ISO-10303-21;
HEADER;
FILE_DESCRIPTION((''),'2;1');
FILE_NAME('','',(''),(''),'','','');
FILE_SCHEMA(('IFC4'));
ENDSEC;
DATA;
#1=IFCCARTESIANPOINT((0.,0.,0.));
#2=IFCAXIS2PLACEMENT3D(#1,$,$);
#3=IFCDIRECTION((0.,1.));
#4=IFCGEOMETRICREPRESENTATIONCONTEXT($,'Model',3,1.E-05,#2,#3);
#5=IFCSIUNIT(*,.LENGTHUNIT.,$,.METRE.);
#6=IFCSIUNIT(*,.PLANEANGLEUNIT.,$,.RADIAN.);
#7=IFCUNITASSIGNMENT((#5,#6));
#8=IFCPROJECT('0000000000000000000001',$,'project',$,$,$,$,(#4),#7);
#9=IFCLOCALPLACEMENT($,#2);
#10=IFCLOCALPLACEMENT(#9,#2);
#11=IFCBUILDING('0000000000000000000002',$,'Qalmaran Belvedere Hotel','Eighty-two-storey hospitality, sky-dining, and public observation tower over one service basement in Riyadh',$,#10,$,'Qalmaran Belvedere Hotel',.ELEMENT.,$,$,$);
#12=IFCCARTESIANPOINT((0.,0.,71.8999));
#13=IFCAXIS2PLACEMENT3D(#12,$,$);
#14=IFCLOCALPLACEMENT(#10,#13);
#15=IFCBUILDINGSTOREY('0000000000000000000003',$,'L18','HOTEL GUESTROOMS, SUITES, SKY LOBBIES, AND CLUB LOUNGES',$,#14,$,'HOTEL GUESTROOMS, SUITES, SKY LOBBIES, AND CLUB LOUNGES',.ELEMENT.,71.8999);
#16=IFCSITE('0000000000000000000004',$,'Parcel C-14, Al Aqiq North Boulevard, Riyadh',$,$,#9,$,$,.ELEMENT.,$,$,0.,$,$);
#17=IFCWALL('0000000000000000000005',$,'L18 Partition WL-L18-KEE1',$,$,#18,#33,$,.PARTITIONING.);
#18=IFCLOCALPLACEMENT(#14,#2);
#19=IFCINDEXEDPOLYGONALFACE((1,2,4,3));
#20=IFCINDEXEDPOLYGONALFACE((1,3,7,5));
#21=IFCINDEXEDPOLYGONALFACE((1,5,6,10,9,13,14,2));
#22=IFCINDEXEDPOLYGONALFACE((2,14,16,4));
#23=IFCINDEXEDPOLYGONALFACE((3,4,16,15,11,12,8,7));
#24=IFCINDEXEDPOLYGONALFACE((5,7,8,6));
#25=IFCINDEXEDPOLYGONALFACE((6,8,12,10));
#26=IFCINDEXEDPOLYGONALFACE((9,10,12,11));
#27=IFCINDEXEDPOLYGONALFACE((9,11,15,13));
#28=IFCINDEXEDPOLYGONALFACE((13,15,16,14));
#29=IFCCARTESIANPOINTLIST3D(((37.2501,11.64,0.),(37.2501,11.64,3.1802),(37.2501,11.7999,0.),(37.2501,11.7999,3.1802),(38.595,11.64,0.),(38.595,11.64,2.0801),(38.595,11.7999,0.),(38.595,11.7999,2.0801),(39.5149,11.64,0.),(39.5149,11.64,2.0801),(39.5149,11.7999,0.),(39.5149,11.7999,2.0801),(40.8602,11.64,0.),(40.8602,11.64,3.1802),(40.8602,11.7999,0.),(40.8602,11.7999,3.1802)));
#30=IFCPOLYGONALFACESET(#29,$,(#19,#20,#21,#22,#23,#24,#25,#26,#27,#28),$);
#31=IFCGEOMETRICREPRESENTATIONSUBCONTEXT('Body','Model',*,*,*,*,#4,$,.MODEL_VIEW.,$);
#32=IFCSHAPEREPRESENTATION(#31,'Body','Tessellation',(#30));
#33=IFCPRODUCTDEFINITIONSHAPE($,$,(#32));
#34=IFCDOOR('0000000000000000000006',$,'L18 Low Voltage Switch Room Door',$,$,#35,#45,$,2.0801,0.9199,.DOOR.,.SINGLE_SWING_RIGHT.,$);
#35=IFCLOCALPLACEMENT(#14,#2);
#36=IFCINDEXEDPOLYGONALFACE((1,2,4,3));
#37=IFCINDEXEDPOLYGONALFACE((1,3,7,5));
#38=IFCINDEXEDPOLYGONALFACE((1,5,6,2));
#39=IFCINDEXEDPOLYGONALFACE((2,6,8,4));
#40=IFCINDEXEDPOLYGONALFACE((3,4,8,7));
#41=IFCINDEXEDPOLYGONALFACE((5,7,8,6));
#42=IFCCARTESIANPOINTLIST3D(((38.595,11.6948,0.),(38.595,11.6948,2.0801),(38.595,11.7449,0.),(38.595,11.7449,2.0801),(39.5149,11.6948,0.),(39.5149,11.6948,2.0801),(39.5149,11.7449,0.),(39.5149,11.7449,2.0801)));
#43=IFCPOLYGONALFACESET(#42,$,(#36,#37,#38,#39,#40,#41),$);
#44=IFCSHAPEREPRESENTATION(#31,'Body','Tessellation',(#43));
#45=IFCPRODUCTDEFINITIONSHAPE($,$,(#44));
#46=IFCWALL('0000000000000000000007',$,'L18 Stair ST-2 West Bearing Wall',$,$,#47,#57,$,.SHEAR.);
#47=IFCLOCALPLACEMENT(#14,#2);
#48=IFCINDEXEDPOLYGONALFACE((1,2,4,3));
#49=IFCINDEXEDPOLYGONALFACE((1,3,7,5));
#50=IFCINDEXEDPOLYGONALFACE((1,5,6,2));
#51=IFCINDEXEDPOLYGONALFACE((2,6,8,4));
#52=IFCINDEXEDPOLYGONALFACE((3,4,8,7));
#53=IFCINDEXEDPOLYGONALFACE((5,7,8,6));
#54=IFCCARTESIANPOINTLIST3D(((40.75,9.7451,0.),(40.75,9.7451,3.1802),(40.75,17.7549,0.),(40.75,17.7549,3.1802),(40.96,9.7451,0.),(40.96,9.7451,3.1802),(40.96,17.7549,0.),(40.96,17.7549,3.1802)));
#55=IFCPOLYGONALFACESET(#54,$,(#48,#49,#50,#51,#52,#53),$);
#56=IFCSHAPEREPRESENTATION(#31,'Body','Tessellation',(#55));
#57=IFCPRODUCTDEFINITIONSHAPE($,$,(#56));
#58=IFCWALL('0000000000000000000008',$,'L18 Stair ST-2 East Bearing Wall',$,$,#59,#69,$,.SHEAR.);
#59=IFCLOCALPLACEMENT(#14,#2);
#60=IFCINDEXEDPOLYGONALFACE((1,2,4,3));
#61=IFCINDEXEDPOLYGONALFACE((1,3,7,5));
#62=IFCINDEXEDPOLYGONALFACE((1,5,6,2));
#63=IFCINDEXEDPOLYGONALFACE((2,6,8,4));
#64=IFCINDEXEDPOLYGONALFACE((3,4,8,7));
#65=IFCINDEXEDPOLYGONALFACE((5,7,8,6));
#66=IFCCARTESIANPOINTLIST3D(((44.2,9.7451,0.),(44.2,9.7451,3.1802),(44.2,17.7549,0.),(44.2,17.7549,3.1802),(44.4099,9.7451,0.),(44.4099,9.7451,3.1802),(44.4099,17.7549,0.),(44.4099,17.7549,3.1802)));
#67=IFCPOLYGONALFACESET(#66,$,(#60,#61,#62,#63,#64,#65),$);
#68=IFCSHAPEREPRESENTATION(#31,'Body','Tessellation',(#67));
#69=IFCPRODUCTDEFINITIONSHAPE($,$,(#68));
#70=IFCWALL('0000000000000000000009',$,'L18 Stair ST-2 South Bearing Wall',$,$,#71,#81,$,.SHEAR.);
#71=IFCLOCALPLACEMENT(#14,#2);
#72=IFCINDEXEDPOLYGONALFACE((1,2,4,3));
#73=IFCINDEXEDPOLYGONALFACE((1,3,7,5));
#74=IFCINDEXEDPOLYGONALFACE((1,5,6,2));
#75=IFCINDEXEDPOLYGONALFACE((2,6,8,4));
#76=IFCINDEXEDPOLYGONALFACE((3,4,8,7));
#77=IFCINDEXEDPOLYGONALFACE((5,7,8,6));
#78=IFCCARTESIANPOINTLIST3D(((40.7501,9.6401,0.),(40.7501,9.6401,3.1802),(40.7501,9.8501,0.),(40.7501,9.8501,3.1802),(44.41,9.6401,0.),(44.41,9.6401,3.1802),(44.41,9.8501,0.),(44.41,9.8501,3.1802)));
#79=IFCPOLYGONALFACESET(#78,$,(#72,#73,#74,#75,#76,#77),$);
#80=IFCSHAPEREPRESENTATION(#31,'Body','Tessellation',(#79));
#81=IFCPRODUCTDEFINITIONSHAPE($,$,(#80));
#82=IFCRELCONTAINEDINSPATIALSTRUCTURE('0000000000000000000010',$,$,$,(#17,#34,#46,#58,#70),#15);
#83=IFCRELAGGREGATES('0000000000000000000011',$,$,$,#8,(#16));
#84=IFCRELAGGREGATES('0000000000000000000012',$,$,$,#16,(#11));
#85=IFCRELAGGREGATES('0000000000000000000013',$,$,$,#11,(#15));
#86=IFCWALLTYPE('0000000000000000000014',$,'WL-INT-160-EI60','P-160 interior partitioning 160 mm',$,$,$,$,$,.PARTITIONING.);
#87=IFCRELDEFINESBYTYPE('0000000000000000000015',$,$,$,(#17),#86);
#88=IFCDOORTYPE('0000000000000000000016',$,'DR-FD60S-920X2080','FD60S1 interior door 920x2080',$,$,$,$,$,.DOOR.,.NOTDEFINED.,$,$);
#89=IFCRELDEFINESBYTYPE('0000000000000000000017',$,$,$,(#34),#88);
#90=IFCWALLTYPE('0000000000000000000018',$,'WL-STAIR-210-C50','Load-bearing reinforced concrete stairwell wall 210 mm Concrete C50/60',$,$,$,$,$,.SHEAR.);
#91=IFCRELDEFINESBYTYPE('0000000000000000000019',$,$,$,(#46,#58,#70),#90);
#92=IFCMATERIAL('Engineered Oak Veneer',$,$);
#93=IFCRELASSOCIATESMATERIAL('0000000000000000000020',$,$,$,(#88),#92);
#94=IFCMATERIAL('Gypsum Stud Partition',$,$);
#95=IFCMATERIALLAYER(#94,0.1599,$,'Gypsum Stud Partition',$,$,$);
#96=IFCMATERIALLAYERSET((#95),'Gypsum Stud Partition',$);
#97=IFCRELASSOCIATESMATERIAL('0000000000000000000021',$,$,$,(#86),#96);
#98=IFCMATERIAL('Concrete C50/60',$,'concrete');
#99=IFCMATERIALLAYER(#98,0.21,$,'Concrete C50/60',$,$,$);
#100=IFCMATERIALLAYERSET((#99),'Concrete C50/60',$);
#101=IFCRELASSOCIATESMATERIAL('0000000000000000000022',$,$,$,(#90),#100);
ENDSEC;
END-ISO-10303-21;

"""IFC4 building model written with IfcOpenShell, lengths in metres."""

from ifc_helpers import new_model, si_unit, direction, frame, frame_2d, origin, place, context, subcontext, project, spatial, rectangle, extrude, material, layer, layer_set, type_object, element, fill, save


model = new_model("IFC4")

# Units and contexts
model_context = context("Model", 3, precision=1e-05, world=origin(), true_north=direction((0.0, 1.0)))
body_context = subcontext(model_context, "Body", "Model", "MODEL_VIEW")
ifc_project = project(units=[si_unit("LENGTHUNIT", "METRE"), si_unit("PLANEANGLEUNIT", "RADIAN")], contexts=[model_context])

# Site, building, storey
site_placement = place(None, origin())
site = spatial("IfcSite", under=ifc_project, at=site_placement, Name="Parcel C-14, Al Aqiq North Boulevard, Riyadh", CompositionType="ELEMENT", RefElevation=0.0)
building_placement = place(site_placement, origin())
building = spatial("IfcBuilding", under=site, at=building_placement, Name="Qalmaran Belvedere Hotel", Description="Eighty-two-storey hospitality, sky-dining, and public observation tower over one service basement in Riyadh", LongName="Qalmaran Belvedere Hotel", CompositionType="ELEMENT")
storey_placement = place(building_placement, frame((0.0, 0.0, 71.8999)))
storey = spatial("IfcBuildingStorey", under=building, at=storey_placement, Name="L18", Description="HOTEL GUESTROOMS, SUITES, SKY LOBBIES, AND CLUB LOUNGES", LongName="HOTEL GUESTROOMS, SUITES, SKY LOBBIES, AND CLUB LOUNGES", CompositionType="ELEMENT", Elevation=71.8999)

# Shared definitions
ifc_material_1 = material(Name="Gypsum Stud Partition")

# Shared definitions
ifc_material_2 = material(Name="Engineered Oak Veneer")
door_type_1 = type_object("IfcDoorType", Name="DR-FD60S-920X2080", Description="FD60S1 interior door 920x2080", OperationType="NOTDEFINED", PredefinedType="DOOR", material=ifc_material_2)

# Wall, opening, door
ifc_layer_1 = layer(ifc_material_1, 0.1599, Name="Gypsum Stud Partition")
ifc_layer_set_1 = layer_set([ifc_layer_1], Name="Gypsum Stud Partition")
wall_type_1 = type_object("IfcWallType", Name="WL-INT-160-EI60", Description="P-160 interior partitioning 160 mm", PredefinedType="PARTITIONING", material=ifc_layer_set_1)
wall_1_placement = place(storey_placement, frame((37.25, 11.72, 0.0), z_axis=(0.0, 0.0, 1.0), x_axis=(1.0, 0.0, 0.0)))
wall_1 = element("IfcWall", 1, at=wall_1_placement, inside=storey, type_object=wall_type_1, Name="L18 Partition WL-L18-KEE1", PredefinedType="PARTITIONING", context=body_context, shape_type="SweptSolid", body=[
    extrude(rectangle(XDim=3.6101, YDim=0.1599, at=frame_2d((1.8052, 0.0))), origin(), (0.0, 0.0, 1.0), 3.1802),
])
opening_1_placement = place(wall_1_placement, frame((1.345, 0.0, 0.0)))
opening_1 = element("IfcOpeningElement", 2, at=opening_1_placement, cuts=wall_1, PredefinedType="OPENING", context=body_context, shape_type="SweptSolid", body=[
    extrude(rectangle(XDim=0.9199, YDim=2.0801, at=frame_2d((0.46, 1.04))), frame((0.0, 0.0898, 0.0), z_axis=(0.0, -1.0, 0.0), x_axis=(1.0, 0.0, 0.0)), (0.0, 0.0, 1.0), 0.1799),
])
door_1_placement = place(opening_1_placement, origin())
door_1 = element("IfcDoor", 3, at=door_1_placement, inside=storey, type_object=door_type_1, Name="L18 Low Voltage Switch Room Door", OperationType="SINGLE_SWING_RIGHT", OverallHeight=2.0801, OverallWidth=0.9199, PredefinedType="DOOR", context=body_context, shape_type="SweptSolid", body=[
    extrude(rectangle(XDim=0.9199, YDim=2.0801, at=frame_2d((0.46, 1.04))), frame((0.0, 0.0249, 0.0), z_axis=(0.0, -1.0, 0.0), x_axis=(1.0, 0.0, 0.0)), (0.0, 0.0, 1.0), 0.05),
])
fill(opening_1, door_1)

# Walls
ifc_material_3 = material(Name="Concrete C50/60", Category="concrete")
ifc_layer_2 = layer(ifc_material_3, 0.21, Name="Concrete C50/60")
ifc_layer_set_2 = layer_set([ifc_layer_2], Name="Concrete C50/60")
wall_type_2 = type_object("IfcWallType", Name="WL-STAIR-210-C50", Description="Load-bearing reinforced concrete stairwell wall 210 mm Concrete C50/60", PredefinedType="SHEAR", material=ifc_layer_set_2)
for number, where, z_axis, x_axis, name in (
    (4, (40.855, 9.7451, 0.0), (0.0, 0.0, 1.0), (0.0, 1.0, 0.0), "L18 Stair ST-2 West Bearing Wall"),
    (5, (44.3049, 9.7451, 0.0), (0.0, 0.0, 1.0), (0.0, 1.0, 0.0), "L18 Stair ST-2 East Bearing Wall"),
):
    element("IfcWall", number, at=place(storey_placement, frame(where, z_axis=z_axis, x_axis=x_axis)), inside=storey, type_object=wall_type_2, Name=name, PredefinedType="SHEAR", context=body_context, shape_type="SweptSolid", body=[
        extrude(rectangle(XDim=8.0098, YDim=0.21, at=frame_2d((4.0049, 0.0))), origin(), (0.0, 0.0, 1.0), 3.1802),
    ])
wall_2_placement = place(storey_placement, frame((40.75, 9.7451, 0.0), z_axis=(0.0, 0.0, 1.0), x_axis=(1.0, 0.0, 0.0)))
element("IfcWall", 6, at=wall_2_placement, inside=storey, type_object=wall_type_2, Name="L18 Stair ST-2 South Bearing Wall", PredefinedType="SHEAR", context=body_context, shape_type="SweptSolid", body=[
    extrude(rectangle(XDim=3.6599, YDim=0.21, at=frame_2d((1.8301, 0.0))), origin(), (0.0, 0.0, 1.0), 3.1802),
])

save(model, "model.ifc")
